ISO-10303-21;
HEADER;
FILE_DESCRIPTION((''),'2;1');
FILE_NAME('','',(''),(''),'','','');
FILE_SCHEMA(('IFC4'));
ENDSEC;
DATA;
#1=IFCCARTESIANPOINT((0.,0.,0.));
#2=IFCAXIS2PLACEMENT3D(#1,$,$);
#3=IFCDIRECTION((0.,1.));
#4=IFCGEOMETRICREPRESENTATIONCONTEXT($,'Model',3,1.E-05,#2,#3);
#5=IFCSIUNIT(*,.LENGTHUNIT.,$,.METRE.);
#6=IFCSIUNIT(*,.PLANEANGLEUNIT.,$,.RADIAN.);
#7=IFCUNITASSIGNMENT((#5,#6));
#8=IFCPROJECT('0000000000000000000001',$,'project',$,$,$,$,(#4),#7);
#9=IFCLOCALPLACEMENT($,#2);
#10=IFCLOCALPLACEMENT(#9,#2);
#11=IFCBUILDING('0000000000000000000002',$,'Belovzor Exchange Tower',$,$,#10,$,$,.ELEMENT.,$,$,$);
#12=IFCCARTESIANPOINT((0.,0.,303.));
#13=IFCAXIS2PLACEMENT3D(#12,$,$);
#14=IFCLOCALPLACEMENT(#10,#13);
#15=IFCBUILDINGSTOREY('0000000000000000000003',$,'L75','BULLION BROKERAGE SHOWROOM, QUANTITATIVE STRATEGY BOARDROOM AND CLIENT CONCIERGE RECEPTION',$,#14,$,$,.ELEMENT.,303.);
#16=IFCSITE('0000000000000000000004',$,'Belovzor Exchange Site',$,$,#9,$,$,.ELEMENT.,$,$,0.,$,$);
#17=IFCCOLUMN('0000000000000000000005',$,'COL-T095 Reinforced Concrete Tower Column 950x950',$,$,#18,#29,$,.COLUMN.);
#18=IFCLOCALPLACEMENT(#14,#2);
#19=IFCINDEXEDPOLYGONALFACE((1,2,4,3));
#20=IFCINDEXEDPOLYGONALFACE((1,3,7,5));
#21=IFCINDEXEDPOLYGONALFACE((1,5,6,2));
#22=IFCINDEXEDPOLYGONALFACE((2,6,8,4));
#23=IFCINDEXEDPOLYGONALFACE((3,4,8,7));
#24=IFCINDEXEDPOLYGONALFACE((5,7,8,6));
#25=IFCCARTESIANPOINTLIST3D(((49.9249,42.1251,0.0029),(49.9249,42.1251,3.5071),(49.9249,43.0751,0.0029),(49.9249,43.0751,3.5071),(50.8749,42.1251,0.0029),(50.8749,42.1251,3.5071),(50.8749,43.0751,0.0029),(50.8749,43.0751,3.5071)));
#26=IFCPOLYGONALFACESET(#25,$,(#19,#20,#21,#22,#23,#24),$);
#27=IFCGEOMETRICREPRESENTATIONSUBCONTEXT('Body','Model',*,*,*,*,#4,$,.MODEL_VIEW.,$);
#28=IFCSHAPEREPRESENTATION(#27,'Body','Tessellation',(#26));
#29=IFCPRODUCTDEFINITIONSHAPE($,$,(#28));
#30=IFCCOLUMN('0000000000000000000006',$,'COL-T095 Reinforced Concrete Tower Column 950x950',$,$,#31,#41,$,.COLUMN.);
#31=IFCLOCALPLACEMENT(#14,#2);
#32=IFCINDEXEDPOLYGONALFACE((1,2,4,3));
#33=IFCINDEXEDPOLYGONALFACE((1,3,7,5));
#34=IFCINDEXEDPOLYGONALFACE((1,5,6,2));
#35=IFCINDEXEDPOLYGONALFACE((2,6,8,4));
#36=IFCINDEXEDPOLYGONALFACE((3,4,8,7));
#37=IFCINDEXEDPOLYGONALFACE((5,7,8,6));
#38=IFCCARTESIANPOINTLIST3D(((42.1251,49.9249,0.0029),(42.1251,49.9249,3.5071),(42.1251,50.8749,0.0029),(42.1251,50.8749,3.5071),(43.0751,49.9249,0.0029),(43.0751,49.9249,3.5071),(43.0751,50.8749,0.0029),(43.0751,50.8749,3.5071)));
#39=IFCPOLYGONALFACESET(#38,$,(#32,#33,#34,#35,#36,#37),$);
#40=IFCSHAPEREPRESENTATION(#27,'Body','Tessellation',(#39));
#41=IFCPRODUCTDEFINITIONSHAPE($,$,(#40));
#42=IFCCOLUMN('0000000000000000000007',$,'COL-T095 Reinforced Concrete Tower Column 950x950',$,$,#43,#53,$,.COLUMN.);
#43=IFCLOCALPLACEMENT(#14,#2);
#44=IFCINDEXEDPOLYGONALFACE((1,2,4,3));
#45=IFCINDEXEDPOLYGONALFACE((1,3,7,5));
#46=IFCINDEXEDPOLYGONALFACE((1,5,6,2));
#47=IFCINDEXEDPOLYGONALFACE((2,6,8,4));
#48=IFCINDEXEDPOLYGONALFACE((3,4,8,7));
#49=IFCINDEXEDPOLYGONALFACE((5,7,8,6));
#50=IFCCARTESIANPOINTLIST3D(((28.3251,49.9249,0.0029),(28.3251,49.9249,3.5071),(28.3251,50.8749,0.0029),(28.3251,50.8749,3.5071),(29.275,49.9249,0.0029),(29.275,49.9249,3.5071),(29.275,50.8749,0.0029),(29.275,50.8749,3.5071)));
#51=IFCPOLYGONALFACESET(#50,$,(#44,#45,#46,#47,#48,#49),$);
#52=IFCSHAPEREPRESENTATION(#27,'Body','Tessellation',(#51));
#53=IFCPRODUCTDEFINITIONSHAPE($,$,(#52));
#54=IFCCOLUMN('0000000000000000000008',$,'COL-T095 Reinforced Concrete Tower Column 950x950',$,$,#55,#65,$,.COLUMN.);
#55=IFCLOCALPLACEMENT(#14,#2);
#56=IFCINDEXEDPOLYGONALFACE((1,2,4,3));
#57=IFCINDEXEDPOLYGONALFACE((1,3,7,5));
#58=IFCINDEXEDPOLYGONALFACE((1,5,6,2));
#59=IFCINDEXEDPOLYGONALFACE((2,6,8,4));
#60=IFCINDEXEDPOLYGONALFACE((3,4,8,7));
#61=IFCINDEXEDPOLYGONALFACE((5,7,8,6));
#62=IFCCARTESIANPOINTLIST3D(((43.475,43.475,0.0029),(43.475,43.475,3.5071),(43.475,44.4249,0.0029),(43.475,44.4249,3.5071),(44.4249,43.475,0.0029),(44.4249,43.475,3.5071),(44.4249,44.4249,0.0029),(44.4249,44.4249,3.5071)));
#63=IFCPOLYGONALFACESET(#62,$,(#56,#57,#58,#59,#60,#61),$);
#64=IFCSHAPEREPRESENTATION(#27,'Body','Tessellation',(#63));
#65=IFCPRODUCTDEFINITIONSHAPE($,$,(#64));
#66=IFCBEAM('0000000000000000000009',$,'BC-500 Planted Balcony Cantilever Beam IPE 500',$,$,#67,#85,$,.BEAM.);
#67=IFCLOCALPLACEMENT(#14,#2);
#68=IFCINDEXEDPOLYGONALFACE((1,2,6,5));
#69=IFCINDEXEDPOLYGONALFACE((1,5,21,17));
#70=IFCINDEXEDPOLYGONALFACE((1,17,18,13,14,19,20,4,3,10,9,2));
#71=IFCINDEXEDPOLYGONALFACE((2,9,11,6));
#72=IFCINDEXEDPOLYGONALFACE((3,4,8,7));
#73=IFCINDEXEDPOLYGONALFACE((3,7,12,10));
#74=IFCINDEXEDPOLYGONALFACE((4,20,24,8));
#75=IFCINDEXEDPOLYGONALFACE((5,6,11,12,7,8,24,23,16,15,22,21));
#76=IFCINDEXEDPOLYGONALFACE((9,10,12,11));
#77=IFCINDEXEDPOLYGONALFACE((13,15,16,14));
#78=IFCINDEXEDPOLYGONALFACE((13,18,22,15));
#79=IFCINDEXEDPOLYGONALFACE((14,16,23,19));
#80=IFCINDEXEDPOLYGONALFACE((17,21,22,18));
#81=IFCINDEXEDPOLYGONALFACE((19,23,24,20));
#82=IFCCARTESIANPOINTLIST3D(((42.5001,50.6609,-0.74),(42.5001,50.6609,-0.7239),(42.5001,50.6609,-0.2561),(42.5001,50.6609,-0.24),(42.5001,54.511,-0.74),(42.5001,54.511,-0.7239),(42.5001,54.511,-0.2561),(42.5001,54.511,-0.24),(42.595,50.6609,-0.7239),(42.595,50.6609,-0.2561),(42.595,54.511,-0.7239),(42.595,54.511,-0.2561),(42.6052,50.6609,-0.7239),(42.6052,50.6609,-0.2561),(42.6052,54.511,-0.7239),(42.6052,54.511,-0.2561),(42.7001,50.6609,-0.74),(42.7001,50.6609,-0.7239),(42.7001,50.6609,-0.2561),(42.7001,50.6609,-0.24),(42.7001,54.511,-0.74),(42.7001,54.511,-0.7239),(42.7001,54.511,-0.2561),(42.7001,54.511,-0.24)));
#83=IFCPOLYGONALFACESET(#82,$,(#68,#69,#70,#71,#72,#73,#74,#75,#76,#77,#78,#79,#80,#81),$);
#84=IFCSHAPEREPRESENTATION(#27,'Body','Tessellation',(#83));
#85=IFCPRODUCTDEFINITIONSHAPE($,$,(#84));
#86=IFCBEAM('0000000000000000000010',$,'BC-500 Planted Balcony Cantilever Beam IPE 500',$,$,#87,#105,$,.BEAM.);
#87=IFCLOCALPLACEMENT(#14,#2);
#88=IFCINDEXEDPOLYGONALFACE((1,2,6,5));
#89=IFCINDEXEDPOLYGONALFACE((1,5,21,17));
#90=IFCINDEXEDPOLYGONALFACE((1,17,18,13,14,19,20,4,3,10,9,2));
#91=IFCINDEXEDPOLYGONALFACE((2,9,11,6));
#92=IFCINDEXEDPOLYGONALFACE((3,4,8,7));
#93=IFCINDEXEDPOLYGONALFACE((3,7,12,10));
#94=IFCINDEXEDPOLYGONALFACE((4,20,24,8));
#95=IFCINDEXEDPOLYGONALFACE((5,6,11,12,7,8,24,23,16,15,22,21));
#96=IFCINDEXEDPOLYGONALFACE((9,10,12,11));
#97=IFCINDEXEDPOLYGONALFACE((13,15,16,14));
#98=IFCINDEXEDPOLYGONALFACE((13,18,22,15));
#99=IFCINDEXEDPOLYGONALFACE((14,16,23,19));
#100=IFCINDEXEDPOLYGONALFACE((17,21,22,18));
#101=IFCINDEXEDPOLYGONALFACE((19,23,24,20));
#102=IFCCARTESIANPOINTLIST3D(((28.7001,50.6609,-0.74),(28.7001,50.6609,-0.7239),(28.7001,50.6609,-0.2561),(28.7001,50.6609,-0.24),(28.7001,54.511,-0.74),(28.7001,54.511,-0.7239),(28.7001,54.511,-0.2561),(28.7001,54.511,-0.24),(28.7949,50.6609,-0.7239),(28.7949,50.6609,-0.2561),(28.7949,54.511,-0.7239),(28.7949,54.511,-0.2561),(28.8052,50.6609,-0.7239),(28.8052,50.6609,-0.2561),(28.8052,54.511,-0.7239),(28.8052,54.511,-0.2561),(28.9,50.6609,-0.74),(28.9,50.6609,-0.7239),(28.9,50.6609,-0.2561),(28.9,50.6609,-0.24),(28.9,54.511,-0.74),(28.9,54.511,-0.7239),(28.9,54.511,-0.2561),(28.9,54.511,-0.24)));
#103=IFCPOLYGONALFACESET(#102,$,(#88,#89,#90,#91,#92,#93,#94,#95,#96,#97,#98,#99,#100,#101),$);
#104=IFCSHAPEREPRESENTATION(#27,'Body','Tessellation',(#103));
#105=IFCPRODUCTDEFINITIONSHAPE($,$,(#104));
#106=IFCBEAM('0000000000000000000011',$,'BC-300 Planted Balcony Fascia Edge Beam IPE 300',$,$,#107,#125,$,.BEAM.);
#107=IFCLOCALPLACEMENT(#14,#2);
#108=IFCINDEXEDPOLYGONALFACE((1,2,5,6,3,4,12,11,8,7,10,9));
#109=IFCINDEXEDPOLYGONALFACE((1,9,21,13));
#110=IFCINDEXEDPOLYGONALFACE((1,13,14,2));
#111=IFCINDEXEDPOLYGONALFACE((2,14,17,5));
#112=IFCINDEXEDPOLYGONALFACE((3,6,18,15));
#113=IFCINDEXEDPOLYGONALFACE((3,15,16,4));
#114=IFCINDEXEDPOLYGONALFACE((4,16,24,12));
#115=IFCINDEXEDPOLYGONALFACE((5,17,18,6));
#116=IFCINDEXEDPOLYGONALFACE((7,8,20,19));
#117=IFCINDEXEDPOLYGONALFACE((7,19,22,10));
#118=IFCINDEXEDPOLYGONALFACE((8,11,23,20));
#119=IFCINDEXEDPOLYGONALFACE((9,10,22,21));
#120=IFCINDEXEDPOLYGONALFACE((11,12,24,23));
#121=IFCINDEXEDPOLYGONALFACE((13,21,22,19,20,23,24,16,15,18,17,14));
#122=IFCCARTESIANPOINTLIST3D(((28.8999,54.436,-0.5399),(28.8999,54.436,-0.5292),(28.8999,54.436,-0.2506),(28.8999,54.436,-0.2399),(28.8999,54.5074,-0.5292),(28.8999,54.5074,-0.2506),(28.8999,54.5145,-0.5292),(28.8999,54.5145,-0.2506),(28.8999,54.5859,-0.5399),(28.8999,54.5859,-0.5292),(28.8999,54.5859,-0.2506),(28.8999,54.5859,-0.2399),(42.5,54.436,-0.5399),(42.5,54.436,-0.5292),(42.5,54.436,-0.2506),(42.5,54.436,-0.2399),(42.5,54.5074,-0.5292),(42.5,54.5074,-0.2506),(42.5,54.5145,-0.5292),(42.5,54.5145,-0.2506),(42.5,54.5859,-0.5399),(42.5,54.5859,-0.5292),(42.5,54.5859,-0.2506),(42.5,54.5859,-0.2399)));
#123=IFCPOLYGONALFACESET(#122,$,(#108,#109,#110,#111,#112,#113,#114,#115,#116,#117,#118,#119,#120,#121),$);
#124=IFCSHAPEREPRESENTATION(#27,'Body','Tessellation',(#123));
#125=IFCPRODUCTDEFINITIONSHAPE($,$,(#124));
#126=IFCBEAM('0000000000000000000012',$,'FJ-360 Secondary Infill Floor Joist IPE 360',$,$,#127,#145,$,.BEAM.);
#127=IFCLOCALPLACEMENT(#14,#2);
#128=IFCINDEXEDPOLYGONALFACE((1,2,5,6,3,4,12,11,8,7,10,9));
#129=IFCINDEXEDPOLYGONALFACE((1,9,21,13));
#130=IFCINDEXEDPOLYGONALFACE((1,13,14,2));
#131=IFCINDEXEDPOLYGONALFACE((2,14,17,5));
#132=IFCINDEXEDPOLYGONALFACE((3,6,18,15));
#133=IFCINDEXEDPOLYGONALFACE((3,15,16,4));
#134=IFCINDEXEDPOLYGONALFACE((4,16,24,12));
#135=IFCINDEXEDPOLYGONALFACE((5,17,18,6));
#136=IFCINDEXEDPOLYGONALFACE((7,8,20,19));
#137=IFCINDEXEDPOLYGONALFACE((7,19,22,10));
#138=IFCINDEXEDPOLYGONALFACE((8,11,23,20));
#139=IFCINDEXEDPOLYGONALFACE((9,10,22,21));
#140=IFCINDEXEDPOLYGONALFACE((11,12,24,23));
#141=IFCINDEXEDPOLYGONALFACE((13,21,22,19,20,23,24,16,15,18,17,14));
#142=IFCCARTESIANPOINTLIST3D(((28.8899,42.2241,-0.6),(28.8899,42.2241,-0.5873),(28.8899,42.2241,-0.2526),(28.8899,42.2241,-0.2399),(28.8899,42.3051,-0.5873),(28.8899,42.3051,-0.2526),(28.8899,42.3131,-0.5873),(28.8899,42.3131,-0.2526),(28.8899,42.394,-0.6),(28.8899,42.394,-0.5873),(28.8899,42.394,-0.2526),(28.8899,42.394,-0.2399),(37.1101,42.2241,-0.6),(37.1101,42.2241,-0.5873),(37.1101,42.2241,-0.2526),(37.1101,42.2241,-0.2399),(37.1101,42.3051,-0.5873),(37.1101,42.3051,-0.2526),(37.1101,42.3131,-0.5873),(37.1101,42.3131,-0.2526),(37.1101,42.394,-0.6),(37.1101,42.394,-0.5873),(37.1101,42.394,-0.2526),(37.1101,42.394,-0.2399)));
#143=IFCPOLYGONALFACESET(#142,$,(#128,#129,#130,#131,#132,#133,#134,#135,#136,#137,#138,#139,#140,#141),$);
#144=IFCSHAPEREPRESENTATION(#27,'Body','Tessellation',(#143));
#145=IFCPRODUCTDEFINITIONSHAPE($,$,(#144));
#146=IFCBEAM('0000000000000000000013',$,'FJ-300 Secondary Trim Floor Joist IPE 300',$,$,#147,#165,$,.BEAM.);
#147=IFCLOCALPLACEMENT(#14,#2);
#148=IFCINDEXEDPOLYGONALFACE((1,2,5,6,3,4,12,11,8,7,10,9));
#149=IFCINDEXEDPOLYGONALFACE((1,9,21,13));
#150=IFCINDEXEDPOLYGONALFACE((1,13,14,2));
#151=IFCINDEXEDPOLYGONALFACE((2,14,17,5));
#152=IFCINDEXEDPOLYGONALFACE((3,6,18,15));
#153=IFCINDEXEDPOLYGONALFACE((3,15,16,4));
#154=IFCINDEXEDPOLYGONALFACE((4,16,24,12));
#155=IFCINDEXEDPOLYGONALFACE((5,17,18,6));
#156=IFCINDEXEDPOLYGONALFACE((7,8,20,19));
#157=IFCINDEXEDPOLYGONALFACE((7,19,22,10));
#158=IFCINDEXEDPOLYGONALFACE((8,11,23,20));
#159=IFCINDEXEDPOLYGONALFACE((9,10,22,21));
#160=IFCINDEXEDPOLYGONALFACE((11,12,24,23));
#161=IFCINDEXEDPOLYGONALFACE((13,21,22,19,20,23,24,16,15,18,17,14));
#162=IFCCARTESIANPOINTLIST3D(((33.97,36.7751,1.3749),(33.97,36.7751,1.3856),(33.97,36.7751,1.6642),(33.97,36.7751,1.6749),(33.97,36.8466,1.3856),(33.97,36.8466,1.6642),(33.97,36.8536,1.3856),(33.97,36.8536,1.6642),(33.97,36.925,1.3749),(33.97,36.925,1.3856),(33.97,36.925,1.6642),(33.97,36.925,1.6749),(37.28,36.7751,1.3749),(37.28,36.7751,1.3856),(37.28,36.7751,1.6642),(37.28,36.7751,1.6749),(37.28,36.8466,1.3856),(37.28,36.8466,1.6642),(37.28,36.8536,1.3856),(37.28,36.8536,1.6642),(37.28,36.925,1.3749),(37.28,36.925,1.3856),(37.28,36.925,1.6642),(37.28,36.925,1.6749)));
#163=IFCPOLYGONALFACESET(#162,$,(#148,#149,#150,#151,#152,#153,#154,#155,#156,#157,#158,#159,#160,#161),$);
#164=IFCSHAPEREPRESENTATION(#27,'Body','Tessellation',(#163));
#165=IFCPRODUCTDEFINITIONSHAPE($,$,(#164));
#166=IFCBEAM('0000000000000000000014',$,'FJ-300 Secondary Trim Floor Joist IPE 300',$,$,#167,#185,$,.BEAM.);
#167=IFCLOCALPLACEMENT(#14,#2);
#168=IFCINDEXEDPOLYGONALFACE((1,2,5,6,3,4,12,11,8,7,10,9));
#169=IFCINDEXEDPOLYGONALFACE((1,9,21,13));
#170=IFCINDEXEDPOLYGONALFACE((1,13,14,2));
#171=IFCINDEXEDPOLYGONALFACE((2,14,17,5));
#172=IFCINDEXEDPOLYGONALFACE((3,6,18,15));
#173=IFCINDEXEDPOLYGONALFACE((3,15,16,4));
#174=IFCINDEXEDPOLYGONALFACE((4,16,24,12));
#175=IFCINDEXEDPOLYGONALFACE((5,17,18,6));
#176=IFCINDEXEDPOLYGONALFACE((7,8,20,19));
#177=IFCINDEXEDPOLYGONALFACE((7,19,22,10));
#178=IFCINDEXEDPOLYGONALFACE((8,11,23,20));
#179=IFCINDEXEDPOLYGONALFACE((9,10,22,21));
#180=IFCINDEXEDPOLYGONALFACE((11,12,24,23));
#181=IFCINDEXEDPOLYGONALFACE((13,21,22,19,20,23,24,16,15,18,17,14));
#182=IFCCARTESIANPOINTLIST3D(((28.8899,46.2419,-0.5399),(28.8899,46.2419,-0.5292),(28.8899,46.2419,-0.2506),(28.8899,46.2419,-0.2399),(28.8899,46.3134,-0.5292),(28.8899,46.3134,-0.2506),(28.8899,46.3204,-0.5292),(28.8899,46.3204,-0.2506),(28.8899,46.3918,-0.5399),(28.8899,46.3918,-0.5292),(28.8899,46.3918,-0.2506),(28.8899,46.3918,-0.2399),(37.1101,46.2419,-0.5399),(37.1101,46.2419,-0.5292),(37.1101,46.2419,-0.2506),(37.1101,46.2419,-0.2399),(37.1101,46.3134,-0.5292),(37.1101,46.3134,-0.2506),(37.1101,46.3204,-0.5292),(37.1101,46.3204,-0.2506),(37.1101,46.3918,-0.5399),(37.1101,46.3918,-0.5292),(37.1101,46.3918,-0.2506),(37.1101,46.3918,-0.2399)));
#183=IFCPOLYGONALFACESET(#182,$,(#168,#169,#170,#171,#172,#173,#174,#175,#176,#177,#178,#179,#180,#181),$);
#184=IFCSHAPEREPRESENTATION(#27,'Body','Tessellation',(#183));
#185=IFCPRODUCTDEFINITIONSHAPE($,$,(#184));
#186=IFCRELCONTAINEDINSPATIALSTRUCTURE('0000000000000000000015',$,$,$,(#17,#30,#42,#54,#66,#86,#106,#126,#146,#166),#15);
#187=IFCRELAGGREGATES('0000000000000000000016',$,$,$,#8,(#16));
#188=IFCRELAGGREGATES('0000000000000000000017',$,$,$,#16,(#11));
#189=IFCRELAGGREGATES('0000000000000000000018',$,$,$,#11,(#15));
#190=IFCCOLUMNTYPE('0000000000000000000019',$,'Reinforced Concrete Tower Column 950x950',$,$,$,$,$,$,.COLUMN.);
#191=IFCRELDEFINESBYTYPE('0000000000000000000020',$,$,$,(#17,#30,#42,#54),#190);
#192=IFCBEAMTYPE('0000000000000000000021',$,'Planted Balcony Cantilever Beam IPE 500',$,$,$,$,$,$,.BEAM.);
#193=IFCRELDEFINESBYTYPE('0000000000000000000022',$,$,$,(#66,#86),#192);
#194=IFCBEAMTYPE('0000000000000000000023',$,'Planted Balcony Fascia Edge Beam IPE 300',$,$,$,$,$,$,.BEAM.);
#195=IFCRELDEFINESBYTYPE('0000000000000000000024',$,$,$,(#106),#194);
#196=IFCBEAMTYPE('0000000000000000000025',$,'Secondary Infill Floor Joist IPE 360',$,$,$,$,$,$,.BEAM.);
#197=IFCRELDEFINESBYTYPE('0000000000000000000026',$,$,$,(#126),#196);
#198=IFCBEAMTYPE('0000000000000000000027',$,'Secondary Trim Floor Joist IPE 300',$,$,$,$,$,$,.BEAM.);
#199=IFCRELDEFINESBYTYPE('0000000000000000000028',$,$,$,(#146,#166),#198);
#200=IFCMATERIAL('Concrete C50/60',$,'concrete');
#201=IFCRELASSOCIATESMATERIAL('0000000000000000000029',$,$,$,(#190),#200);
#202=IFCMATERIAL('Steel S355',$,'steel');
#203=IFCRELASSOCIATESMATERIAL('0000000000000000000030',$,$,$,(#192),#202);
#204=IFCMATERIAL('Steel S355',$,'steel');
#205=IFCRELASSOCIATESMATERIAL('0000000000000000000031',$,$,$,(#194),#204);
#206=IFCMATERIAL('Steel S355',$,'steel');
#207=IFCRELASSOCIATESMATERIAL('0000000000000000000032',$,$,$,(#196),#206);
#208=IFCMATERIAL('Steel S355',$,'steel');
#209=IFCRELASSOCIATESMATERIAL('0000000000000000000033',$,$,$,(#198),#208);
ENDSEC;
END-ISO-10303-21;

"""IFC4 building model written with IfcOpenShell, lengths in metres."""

from ifc_helpers import new_model, si_unit, direction, frame, origin, origin_2d, place, context, subcontext, project, spatial, rectangle, i_section, extrude, material, material_profile, profile_set, type_object, element, save


model = new_model("IFC4")

# Units and contexts
model_context = context("Model", 3, precision=1e-05, world=origin(), true_north=direction((0.0, 1.0)))
body_context = subcontext(model_context, "Body", "Model", "MODEL_VIEW")
ifc_project = project(units=[si_unit("LENGTHUNIT", "METRE"), si_unit("PLANEANGLEUNIT", "RADIAN")], contexts=[model_context])

# Site, building, storey
site_placement = place(None, origin())
site = spatial("IfcSite", under=ifc_project, at=site_placement, Name="Belovzor Exchange Site", CompositionType="ELEMENT", RefElevation=0.0)
building_placement = place(site_placement, origin())
building = spatial("IfcBuilding", under=site, at=building_placement, Name="Belovzor Exchange Tower", CompositionType="ELEMENT")
storey_placement = place(building_placement, frame((0.0, 0.0, 303.0)))
storey = spatial("IfcBuildingStorey", under=building, at=storey_placement, Name="L75", Description="BULLION BROKERAGE SHOWROOM, QUANTITATIVE STRATEGY BOARDROOM AND CLIENT CONCIERGE RECEPTION", CompositionType="ELEMENT", Elevation=303.0)

# Columns
ifc_material_1 = material(Name="Concrete C50/60", Category="concrete")
ifc_material_profile_1 = material_profile(ifc_material_1, rectangle(XDim=0.95, YDim=0.95, at=origin_2d()))
ifc_profile_set_1 = profile_set([ifc_material_profile_1], Name="Concrete C50/60")
column_type = type_object("IfcColumnType", Name="Reinforced Concrete Tower Column 950x950", PredefinedType="COLUMN", material=ifc_profile_set_1)
for number, where, z_axis, x_axis, name in (
    (1, (50.3999, 42.6001, 0.0029), (0.0, 0.0, 1.0), (1.0, 0.0, 0.0), "COL-T095 Reinforced Concrete Tower Column 950x950"),
    (2, (42.6001, 50.3999, 0.0029), (0.0, 0.0, 1.0), (1.0, 0.0, 0.0), "COL-T095 Reinforced Concrete Tower Column 950x950"),
    (3, (28.8, 50.3999, 0.0029), (0.0, 0.0, 1.0), (1.0, 0.0, 0.0), "COL-T095 Reinforced Concrete Tower Column 950x950"),
    (4, (43.95, 43.95, 0.0029), (0.0, 0.0, 1.0), (1.0, 0.0, 0.0), "COL-T095 Reinforced Concrete Tower Column 950x950"),
):
    element("IfcColumn", number, at=place(storey_placement, frame(where, z_axis=z_axis, x_axis=x_axis)), inside=storey, type_object=column_type, Name=name, PredefinedType="COLUMN", context=body_context, shape_type="SweptSolid", body=[
        extrude(rectangle(XDim=0.95, YDim=0.95, at=origin_2d()), origin(), (0.0, 0.0, 1.0), 3.5042),
    ])

# Beams
ifc_material_2 = material(Name="Steel S355", Category="steel")
ifc_material_profile_2 = material_profile(ifc_material_2, i_section(OverallWidth=0.2, OverallDepth=0.5, WebThickness=0.0103, FlangeThickness=0.0161, at=origin_2d()))
ifc_profile_set_2 = profile_set([ifc_material_profile_2], Name="Steel S355")
beam_type_1 = type_object("IfcBeamType", Name="Planted Balcony Cantilever Beam IPE 500", PredefinedType="BEAM", material=ifc_profile_set_2)
for number, where, z_axis, x_axis, name in (
    (5, (42.6001, 50.6609, -0.49), (0.0, 1.0, 0.0), (-1.0, 0.0, 0.0), "BC-500 Planted Balcony Cantilever Beam IPE 500"),
    (6, (28.8, 50.6609, -0.49), (0.0, 1.0, 0.0), (-1.0, 0.0, 0.0), "BC-500 Planted Balcony Cantilever Beam IPE 500"),
):
    element("IfcBeam", number, at=place(storey_placement, frame(where, z_axis=z_axis, x_axis=x_axis)), inside=storey, type_object=beam_type_1, Name=name, PredefinedType="BEAM", context=body_context, shape_type="SweptSolid", body=[
        extrude(i_section(OverallWidth=0.2, OverallDepth=0.5, WebThickness=0.0103, FlangeThickness=0.0161, at=origin_2d()), origin(), (0.0, 0.0, 1.0), 3.8501),
    ])
ifc_material_3 = material(Name="Steel S355", Category="steel")
ifc_material_profile_3 = material_profile(ifc_material_3, i_section(OverallWidth=0.1499, OverallDepth=0.3, WebThickness=0.0071, FlangeThickness=0.0107, at=origin_2d()))
ifc_profile_set_3 = profile_set([ifc_material_profile_3], Name="Steel S355")
beam_type_2 = type_object("IfcBeamType", Name="Planted Balcony Fascia Edge Beam IPE 300", PredefinedType="BEAM", material=ifc_profile_set_3)
beam_1_placement = place(storey_placement, frame((42.5, 54.511, -0.3899), z_axis=(-1.0, 0.0, 0.0), x_axis=(0.0, -1.0, 0.0)))
element("IfcBeam", 7, at=beam_1_placement, inside=storey, type_object=beam_type_2, Name="BC-300 Planted Balcony Fascia Edge Beam IPE 300", PredefinedType="BEAM", context=body_context, shape_type="SweptSolid", body=[
    extrude(i_section(OverallWidth=0.1499, OverallDepth=0.3, WebThickness=0.0071, FlangeThickness=0.0107, at=origin_2d()), origin(), (0.0, 0.0, 1.0), 13.6001),
])
ifc_material_4 = material(Name="Steel S355", Category="steel")
ifc_material_profile_4 = material_profile(ifc_material_4, i_section(OverallWidth=0.1699, OverallDepth=0.3601, WebThickness=0.0081, FlangeThickness=0.0127, at=origin_2d()))
ifc_profile_set_4 = profile_set([ifc_material_profile_4], Name="Steel S355")
beam_type_3 = type_object("IfcBeamType", Name="Secondary Infill Floor Joist IPE 360", PredefinedType="BEAM", material=ifc_profile_set_4)
beam_2_placement = place(storey_placement, frame((28.8899, 42.3091, -0.4199), z_axis=(1.0, 0.0, 0.0), x_axis=(0.0, 1.0, 0.0)))
element("IfcBeam", 8, at=beam_2_placement, inside=storey, type_object=beam_type_3, Name="FJ-360 Secondary Infill Floor Joist IPE 360", PredefinedType="BEAM", context=body_context, shape_type="SweptSolid", body=[
    extrude(i_section(OverallWidth=0.1699, OverallDepth=0.3601, WebThickness=0.0081, FlangeThickness=0.0127, at=origin_2d()), origin(), (0.0, 0.0, 1.0), 8.2202),
])
ifc_material_5 = material(Name="Steel S355", Category="steel")
ifc_material_profile_5 = material_profile(ifc_material_5, i_section(OverallWidth=0.1499, OverallDepth=0.3, WebThickness=0.0071, FlangeThickness=0.0107, at=origin_2d()))
ifc_profile_set_5 = profile_set([ifc_material_profile_5], Name="Steel S355")
beam_type_4 = type_object("IfcBeamType", Name="Secondary Trim Floor Joist IPE 300", PredefinedType="BEAM", material=ifc_profile_set_5)
beam_3_placement = place(storey_placement, frame((37.28, 36.8501, 1.5249), z_axis=(-1.0, 0.0, 0.0), x_axis=(0.0, -1.0, 0.0)))
element("IfcBeam", 9, at=beam_3_placement, inside=storey, type_object=beam_type_4, Name="FJ-300 Secondary Trim Floor Joist IPE 300", PredefinedType="BEAM", context=body_context, shape_type="SweptSolid", body=[
    extrude(i_section(OverallWidth=0.1499, OverallDepth=0.3, WebThickness=0.0071, FlangeThickness=0.0107, at=origin_2d()), origin(), (0.0, 0.0, 1.0), 3.3101),
])
beam_4_placement = place(storey_placement, frame((28.8899, 46.3169, -0.3899), z_axis=(1.0, 0.0, 0.0), x_axis=(0.0, 1.0, 0.0)))
element("IfcBeam", 10, at=beam_4_placement, inside=storey, type_object=beam_type_4, Name="FJ-300 Secondary Trim Floor Joist IPE 300", PredefinedType="BEAM", context=body_context, shape_type="SweptSolid", body=[
    extrude(i_section(OverallWidth=0.1499, OverallDepth=0.3, WebThickness=0.0071, FlangeThickness=0.0107, at=origin_2d()), origin(), (0.0, 0.0, 1.0), 8.2202),
])

save(model, "model.ifc")
